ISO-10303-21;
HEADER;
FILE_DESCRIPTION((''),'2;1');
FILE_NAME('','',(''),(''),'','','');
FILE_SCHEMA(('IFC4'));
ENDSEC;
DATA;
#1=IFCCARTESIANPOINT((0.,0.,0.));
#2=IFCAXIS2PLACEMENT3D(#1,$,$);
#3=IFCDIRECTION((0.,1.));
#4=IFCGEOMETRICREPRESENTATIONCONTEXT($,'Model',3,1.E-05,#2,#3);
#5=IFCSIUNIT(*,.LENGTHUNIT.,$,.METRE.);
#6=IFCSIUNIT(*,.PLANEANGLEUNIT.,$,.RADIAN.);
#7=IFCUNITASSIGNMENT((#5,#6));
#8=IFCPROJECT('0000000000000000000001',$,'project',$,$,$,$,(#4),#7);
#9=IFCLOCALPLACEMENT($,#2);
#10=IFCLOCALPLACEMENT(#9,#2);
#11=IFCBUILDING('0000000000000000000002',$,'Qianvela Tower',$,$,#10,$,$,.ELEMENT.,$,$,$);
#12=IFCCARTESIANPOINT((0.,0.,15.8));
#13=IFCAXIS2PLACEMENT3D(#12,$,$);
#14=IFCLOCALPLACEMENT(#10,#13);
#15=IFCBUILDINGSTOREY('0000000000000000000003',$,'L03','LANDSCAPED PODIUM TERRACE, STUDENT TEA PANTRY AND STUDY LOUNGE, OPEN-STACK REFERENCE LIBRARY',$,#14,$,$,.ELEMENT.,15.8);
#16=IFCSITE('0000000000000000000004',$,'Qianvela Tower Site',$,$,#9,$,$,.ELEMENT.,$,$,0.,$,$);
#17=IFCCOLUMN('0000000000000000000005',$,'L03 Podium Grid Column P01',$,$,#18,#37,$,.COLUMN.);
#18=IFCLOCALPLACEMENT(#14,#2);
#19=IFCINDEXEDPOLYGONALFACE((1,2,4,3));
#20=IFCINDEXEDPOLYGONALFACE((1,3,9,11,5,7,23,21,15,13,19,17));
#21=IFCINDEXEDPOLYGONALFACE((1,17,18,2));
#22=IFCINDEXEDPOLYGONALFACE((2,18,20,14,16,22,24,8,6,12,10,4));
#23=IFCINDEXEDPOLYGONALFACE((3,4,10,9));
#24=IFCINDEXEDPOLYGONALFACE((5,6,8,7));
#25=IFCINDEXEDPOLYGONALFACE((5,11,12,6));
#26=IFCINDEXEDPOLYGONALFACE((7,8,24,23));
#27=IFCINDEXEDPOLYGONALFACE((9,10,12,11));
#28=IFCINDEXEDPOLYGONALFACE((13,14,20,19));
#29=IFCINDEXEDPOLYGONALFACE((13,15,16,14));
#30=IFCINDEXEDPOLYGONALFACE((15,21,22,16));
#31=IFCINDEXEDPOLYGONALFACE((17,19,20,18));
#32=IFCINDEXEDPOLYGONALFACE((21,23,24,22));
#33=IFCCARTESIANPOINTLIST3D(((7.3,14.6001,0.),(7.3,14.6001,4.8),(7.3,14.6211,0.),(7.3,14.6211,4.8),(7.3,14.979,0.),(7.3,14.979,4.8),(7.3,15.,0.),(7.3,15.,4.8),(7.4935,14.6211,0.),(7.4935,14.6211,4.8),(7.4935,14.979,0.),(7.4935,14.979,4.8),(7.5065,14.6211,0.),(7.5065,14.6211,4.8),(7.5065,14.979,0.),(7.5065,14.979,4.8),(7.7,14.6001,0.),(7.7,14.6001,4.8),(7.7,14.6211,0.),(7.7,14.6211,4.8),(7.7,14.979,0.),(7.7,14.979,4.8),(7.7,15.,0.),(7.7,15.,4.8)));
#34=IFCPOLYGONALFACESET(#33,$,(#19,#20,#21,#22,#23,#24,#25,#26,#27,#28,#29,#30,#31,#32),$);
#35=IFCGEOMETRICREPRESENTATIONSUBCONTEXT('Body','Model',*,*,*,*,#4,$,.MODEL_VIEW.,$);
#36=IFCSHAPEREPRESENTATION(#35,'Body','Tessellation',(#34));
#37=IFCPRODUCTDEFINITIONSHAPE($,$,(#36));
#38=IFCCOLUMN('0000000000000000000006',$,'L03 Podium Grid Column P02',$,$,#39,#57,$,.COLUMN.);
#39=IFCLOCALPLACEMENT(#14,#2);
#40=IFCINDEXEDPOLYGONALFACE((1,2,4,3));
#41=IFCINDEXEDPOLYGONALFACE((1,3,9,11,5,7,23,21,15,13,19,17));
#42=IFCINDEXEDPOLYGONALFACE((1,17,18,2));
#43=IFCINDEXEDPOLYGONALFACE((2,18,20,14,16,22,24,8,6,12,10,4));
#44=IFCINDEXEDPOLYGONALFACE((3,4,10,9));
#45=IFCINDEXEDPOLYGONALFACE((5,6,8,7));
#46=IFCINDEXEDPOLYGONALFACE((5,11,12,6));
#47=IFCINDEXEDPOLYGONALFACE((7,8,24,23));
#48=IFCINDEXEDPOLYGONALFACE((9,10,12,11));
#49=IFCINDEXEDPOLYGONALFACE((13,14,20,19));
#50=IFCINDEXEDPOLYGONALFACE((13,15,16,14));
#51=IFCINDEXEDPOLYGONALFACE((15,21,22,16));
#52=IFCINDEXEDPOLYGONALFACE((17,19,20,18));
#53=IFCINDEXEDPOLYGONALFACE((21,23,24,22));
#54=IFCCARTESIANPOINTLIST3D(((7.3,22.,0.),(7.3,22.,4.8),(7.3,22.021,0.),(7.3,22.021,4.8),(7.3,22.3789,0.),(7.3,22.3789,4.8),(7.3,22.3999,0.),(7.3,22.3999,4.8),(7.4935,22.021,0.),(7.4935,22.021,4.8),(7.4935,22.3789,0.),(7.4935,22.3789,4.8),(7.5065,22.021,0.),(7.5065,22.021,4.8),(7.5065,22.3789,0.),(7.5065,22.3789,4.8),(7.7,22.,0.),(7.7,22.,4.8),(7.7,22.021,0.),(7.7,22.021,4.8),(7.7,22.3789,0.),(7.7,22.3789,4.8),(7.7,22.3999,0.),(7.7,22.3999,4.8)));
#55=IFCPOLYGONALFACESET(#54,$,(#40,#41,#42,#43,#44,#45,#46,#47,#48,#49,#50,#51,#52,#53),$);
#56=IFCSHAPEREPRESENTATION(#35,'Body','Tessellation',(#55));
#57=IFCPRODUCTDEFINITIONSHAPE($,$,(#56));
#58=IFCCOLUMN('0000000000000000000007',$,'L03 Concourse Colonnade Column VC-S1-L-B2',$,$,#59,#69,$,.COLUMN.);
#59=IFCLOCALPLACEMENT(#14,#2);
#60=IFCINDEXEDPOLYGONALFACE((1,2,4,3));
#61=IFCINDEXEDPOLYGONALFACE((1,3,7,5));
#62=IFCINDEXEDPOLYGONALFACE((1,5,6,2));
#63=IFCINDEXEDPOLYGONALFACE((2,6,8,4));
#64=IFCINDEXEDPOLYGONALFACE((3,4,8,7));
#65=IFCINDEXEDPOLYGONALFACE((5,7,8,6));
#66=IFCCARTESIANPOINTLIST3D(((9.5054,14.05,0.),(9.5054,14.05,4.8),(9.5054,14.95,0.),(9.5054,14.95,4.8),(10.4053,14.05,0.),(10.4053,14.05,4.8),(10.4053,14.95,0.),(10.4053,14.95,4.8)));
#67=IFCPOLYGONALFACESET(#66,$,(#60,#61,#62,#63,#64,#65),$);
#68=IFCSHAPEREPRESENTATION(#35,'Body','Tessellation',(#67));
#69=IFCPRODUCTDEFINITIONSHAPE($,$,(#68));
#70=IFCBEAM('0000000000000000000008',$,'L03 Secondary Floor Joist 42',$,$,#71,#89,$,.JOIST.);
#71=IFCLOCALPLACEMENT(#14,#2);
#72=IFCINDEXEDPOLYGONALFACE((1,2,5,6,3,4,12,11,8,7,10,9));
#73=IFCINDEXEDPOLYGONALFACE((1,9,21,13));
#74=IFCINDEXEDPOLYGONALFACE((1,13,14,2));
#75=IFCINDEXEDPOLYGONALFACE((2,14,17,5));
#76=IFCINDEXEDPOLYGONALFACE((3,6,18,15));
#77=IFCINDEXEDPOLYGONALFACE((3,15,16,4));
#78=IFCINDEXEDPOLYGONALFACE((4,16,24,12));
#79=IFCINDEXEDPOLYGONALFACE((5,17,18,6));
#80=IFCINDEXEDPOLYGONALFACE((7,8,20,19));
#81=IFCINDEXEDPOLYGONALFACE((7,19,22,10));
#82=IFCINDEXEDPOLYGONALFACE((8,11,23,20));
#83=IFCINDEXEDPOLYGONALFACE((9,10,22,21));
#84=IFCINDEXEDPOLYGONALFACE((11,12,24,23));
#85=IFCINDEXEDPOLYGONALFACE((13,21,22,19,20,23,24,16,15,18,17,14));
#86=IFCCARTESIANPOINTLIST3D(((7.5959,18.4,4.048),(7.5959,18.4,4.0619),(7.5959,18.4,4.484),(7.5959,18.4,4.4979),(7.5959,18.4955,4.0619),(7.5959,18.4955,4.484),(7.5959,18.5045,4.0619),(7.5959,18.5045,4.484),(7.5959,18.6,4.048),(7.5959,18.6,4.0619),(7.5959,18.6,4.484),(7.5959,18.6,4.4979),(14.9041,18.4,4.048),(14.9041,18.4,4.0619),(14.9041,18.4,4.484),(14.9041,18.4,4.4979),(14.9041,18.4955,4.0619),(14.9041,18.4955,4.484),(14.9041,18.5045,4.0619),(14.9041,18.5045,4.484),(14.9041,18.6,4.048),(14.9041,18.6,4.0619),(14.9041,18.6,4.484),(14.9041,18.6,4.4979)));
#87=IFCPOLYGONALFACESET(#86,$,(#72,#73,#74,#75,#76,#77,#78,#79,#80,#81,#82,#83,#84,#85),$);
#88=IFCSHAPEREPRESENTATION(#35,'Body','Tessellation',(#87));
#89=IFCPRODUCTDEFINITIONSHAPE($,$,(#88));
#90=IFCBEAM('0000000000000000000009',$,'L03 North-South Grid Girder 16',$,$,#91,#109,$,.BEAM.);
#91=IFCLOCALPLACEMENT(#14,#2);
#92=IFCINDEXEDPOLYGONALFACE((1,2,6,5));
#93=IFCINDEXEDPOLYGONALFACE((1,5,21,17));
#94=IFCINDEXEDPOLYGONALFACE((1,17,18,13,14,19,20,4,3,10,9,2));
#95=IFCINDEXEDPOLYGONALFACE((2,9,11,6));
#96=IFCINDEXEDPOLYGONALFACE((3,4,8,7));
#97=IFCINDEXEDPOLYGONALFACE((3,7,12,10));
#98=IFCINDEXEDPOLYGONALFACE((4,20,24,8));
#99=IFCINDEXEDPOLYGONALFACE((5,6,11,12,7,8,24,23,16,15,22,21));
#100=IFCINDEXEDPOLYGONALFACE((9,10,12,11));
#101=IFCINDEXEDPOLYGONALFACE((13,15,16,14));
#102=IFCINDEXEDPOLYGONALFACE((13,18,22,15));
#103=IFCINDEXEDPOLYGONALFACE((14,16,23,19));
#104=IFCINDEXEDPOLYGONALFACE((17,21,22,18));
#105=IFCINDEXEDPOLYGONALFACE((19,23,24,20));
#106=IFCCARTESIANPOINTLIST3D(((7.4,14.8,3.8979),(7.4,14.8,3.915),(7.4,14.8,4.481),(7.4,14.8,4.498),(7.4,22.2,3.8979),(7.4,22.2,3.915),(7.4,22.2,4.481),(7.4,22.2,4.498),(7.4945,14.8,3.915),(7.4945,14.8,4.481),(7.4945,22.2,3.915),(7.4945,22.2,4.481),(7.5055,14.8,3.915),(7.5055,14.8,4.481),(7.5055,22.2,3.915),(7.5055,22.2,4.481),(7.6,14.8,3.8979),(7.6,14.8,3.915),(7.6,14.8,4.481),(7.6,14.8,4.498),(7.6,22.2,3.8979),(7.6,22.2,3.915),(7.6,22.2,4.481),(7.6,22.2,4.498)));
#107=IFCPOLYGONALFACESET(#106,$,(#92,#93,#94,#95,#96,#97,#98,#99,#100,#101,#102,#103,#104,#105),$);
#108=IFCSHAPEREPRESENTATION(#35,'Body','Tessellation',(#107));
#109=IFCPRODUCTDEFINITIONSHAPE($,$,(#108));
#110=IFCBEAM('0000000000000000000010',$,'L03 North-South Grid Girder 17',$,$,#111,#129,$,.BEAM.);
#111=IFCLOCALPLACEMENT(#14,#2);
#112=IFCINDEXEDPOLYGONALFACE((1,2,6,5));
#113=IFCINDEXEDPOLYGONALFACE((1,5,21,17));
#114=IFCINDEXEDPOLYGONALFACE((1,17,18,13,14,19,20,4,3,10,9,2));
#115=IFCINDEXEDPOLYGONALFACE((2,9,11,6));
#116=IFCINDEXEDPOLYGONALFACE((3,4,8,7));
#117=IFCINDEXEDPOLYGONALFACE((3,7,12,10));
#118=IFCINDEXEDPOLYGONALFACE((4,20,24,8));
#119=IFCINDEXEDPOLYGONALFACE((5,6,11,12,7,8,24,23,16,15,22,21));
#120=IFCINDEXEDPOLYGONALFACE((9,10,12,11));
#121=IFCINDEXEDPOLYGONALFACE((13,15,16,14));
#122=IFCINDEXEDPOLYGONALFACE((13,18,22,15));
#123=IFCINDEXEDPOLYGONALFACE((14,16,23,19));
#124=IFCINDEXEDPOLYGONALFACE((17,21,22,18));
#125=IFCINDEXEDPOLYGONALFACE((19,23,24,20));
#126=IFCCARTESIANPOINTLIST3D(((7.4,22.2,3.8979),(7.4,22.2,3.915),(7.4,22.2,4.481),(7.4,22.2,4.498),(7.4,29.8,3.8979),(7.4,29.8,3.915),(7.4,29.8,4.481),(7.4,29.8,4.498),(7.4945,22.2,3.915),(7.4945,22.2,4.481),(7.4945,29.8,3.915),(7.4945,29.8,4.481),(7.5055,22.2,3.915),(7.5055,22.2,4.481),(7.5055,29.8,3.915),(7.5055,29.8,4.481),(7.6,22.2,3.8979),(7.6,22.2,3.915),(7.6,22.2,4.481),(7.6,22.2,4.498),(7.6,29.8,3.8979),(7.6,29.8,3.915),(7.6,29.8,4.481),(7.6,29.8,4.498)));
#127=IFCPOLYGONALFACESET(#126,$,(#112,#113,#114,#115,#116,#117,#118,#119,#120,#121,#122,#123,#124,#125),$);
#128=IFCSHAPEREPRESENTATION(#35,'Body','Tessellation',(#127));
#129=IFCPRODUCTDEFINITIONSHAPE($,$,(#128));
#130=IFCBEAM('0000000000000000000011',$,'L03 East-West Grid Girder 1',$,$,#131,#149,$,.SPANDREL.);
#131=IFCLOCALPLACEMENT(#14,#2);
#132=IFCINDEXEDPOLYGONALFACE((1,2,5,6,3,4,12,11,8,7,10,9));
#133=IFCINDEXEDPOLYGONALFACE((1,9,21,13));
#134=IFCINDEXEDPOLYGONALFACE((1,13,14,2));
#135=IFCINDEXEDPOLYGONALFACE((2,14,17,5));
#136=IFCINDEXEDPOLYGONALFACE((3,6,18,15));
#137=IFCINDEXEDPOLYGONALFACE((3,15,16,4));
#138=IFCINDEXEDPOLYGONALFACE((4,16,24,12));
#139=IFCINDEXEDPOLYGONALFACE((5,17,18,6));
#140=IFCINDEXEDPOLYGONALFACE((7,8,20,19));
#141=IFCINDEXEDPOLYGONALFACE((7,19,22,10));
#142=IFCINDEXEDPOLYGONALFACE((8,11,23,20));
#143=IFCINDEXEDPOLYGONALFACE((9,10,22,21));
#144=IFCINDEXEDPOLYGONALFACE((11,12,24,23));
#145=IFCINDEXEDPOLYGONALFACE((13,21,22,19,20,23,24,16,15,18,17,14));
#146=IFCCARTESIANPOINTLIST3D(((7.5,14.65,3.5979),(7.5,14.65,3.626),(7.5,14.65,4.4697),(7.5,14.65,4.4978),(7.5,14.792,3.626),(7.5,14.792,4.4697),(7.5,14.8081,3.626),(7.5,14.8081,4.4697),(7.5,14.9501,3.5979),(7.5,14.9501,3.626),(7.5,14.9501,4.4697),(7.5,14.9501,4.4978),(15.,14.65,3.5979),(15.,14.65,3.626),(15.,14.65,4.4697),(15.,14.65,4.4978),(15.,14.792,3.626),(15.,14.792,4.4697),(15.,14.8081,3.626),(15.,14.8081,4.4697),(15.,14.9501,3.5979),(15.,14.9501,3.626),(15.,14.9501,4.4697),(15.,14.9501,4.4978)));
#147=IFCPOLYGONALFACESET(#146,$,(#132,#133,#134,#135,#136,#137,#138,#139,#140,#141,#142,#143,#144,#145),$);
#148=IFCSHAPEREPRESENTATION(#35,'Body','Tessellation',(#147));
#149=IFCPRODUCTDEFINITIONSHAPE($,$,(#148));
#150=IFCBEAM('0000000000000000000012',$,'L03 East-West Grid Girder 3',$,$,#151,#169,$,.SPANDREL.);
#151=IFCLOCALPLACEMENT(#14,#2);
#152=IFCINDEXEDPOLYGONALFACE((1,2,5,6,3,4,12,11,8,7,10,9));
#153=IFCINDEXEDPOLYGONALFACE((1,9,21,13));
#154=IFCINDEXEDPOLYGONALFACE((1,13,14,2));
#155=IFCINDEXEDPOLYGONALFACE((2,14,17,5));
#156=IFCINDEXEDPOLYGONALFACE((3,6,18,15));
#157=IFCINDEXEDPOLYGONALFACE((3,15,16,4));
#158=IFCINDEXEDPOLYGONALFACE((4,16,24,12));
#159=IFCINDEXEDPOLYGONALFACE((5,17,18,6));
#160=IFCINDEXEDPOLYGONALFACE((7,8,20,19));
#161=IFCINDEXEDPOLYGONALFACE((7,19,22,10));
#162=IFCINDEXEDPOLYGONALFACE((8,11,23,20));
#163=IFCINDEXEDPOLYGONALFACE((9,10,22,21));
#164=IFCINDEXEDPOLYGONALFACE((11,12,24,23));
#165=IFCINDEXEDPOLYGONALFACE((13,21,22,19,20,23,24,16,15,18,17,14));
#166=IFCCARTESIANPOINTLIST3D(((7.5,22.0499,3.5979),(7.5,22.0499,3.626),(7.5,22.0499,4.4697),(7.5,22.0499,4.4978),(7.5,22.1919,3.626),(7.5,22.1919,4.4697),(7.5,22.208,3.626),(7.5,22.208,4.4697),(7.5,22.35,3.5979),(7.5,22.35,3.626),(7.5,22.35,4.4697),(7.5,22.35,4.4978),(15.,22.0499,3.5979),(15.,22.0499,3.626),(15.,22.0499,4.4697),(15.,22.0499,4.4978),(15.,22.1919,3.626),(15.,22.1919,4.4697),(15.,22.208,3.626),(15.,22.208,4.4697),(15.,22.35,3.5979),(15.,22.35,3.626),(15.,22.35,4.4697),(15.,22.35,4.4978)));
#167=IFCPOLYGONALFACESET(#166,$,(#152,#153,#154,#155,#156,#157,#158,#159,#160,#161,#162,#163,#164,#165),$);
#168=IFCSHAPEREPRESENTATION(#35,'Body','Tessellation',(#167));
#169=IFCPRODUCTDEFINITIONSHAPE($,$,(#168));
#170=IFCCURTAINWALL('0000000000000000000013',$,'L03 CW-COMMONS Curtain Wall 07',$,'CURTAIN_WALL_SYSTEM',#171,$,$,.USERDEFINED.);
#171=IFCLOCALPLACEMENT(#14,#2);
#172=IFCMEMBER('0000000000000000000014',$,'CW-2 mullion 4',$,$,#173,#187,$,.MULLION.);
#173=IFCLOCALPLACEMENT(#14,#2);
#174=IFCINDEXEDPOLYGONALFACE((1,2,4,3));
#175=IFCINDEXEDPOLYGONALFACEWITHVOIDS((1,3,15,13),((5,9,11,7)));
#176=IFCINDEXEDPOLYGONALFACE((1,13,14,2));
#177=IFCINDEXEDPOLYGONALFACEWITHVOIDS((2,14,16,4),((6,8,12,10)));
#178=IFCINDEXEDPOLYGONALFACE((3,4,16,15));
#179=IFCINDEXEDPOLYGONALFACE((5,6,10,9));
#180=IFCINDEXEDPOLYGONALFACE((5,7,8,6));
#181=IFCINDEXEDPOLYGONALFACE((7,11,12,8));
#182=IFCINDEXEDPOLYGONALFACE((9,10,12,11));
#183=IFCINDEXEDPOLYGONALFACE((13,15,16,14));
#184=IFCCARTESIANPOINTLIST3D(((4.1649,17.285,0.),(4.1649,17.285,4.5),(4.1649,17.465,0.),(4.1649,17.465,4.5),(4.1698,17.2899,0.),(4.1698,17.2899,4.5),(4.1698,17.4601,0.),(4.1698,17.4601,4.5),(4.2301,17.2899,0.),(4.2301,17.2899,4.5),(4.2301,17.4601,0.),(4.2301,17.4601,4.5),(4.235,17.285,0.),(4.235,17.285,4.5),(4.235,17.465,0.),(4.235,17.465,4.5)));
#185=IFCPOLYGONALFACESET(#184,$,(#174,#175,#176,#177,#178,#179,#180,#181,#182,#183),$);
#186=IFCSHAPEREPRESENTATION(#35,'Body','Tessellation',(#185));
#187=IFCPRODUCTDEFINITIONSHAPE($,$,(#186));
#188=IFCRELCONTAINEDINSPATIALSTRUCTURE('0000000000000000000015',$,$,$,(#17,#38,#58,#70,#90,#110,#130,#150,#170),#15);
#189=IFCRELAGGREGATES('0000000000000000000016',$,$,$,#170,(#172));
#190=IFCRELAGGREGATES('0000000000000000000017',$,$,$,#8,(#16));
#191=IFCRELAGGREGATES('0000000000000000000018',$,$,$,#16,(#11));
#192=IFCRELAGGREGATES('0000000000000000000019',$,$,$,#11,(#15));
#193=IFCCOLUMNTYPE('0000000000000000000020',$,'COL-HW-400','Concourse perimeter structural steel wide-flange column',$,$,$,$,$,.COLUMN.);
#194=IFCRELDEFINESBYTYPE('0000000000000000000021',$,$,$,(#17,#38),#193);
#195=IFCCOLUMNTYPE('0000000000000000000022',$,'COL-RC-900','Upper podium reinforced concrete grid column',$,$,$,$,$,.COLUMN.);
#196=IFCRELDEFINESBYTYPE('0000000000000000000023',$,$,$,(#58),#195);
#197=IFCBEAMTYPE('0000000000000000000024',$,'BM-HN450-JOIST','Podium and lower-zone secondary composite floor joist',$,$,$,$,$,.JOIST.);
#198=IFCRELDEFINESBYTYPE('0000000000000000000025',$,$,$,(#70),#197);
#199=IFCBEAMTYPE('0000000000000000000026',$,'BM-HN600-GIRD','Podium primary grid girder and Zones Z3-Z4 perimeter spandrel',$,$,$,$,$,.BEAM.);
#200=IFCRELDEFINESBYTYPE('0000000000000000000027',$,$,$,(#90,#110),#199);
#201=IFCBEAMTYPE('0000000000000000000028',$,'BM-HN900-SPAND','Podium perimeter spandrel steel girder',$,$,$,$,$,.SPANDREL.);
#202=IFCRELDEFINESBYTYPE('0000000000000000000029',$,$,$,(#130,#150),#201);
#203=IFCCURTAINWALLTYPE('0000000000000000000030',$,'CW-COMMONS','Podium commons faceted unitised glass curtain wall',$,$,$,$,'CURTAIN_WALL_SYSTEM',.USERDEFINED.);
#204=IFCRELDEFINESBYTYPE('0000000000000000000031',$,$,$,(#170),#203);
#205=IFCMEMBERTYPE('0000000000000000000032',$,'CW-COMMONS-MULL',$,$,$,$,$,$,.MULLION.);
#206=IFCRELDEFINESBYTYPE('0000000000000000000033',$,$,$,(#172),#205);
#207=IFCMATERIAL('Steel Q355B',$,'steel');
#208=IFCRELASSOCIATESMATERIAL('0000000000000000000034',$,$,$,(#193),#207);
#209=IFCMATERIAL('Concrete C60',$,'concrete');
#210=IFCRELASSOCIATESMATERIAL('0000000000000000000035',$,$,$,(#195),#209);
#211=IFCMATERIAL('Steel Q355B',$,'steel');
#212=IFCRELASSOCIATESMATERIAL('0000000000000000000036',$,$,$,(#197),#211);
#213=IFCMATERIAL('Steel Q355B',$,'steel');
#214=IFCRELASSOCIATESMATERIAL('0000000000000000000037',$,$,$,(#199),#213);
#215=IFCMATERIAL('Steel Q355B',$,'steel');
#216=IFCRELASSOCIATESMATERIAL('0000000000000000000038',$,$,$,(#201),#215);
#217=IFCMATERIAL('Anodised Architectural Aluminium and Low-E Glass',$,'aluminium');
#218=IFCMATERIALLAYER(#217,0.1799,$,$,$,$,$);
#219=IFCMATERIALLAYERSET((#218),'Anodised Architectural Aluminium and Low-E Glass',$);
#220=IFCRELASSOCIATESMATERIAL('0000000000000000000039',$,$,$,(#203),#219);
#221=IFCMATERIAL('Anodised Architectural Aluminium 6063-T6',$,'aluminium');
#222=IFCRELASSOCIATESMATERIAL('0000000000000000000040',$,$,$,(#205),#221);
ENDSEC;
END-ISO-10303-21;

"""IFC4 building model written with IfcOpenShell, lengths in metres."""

from ifc_helpers import new_model, si_unit, direction, frame, origin, origin_2d, place, context, subcontext, project, spatial, rectangle, hollow_rectangle, i_section, extrude, material, layer, layer_set, material_profile, profile_set, type_object, element, aggregate, save


model = new_model("IFC4")

# Units and contexts
model_context = context("Model", 3, precision=1e-05, world=origin(), true_north=direction((0.0, 1.0)))
body_context = subcontext(model_context, "Body", "Model", "MODEL_VIEW")
ifc_project = project(units=[si_unit("LENGTHUNIT", "METRE"), si_unit("PLANEANGLEUNIT", "RADIAN")], contexts=[model_context])

# Site, building, storey
site_placement = place(None, origin())
site = spatial("IfcSite", under=ifc_project, at=site_placement, Name="Qianvela Tower Site", CompositionType="ELEMENT", RefElevation=0.0)
building_placement = place(site_placement, origin())
building = spatial("IfcBuilding", under=site, at=building_placement, Name="Qianvela Tower", CompositionType="ELEMENT")
storey_placement = place(building_placement, frame((0.0, 0.0, 15.8)))
storey = spatial("IfcBuildingStorey", under=building, at=storey_placement, Name="L03", Description="LANDSCAPED PODIUM TERRACE, STUDENT TEA PANTRY AND STUDY LOUNGE, OPEN-STACK REFERENCE LIBRARY", CompositionType="ELEMENT", Elevation=15.8)

# Columns
ifc_material_1 = material(Name="Steel Q355B", Category="steel")
ifc_material_profile_1 = material_profile(ifc_material_1, i_section(OverallWidth=0.3999, OverallDepth=0.3999, WebThickness=0.0129, FlangeThickness=0.021, at=origin_2d()), Name="HW400x400x13x21")
ifc_profile_set_1 = profile_set([ifc_material_profile_1], Name="Steel Q355B")
column_type_1 = type_object("IfcColumnType", Name="COL-HW-400", Description="Concourse perimeter structural steel wide-flange column", PredefinedType="COLUMN", material=ifc_profile_set_1)
for number, where, z_axis, x_axis, name in (
    (1, (7.5, 14.8, 0.0), (0.0, 0.0, 1.0), (1.0, 0.0, 0.0), "L03 Podium Grid Column P01"),
    (2, (7.5, 22.2, 0.0), (0.0, 0.0, 1.0), (1.0, 0.0, 0.0), "L03 Podium Grid Column P02"),
):
    element("IfcColumn", number, at=place(storey_placement, frame(where, z_axis=z_axis, x_axis=x_axis)), inside=storey, type_object=column_type_1, Name=name, PredefinedType="COLUMN", context=body_context, shape_type="SweptSolid", body=[
        extrude(i_section(OverallWidth=0.3999, OverallDepth=0.3999, WebThickness=0.0129, FlangeThickness=0.021, at=origin_2d()), origin(), (0.0, 0.0, 1.0), 4.8),
    ])
ifc_material_2 = material(Name="Concrete C60", Category="concrete")
ifc_material_profile_2 = material_profile(ifc_material_2, rectangle(XDim=0.8999, YDim=0.8999, at=origin_2d()), Name="RC-COL-900x900")
ifc_profile_set_2 = profile_set([ifc_material_profile_2], Name="Concrete C60")
column_type_2 = type_object("IfcColumnType", Name="COL-RC-900", Description="Upper podium reinforced concrete grid column", PredefinedType="COLUMN", material=ifc_profile_set_2)
column_placement = place(storey_placement, frame((9.9553, 14.5, 0.0), z_axis=(0.0, 0.0, 1.0), x_axis=(1.0, 0.0, 0.0)))
element("IfcColumn", 3, at=column_placement, inside=storey, type_object=column_type_2, Name="L03 Concourse Colonnade Column VC-S1-L-B2", PredefinedType="COLUMN", context=body_context, shape_type="SweptSolid", body=[
    extrude(rectangle(XDim=0.8999, YDim=0.8999, at=origin_2d()), origin(), (0.0, 0.0, 1.0), 4.8),
])

# Beams
ifc_material_3 = material(Name="Steel Q355B", Category="steel")
ifc_material_profile_3 = material_profile(ifc_material_3, i_section(OverallWidth=0.2, OverallDepth=0.45, WebThickness=0.009, FlangeThickness=0.0139, at=origin_2d()), Name="HN450x200x9x14")
ifc_profile_set_3 = profile_set([ifc_material_profile_3], Name="Steel Q355B")
beam_type_1 = type_object("IfcBeamType", Name="BM-HN450-JOIST", Description="Podium and lower-zone secondary composite floor joist", PredefinedType="JOIST", material=ifc_profile_set_3)
beam_1_placement = place(storey_placement, frame((7.5959, 18.5, 4.2729), z_axis=(1.0, 0.0, 0.0), x_axis=(0.0, 1.0, 0.0)))
element("IfcBeam", 4, at=beam_1_placement, inside=storey, type_object=beam_type_1, Name="L03 Secondary Floor Joist 42", PredefinedType="JOIST", context=body_context, shape_type="SweptSolid", body=[
    extrude(i_section(OverallWidth=0.2, OverallDepth=0.45, WebThickness=0.009, FlangeThickness=0.0139, at=origin_2d()), origin(), (0.0, 0.0, 1.0), 7.3081),
])
ifc_material_4 = material(Name="Steel Q355B", Category="steel")
ifc_material_profile_4 = material_profile(ifc_material_4, i_section(OverallWidth=0.2, OverallDepth=0.6001, WebThickness=0.011, FlangeThickness=0.0171, at=origin_2d()), Name="HN600x200x11x17")
ifc_profile_set_4 = profile_set([ifc_material_profile_4], Name="Steel Q355B")
beam_type_2 = type_object("IfcBeamType", Name="BM-HN600-GIRD", Description="Podium primary grid girder and Zones Z3-Z4 perimeter spandrel", PredefinedType="BEAM", material=ifc_profile_set_4)
beam_2_placement = place(storey_placement, frame((7.5, 14.8, 4.198), z_axis=(0.0, 1.0, 0.0), x_axis=(-1.0, 0.0, 0.0)))
element("IfcBeam", 5, at=beam_2_placement, inside=storey, type_object=beam_type_2, Name="L03 North-South Grid Girder 16", PredefinedType="BEAM", context=body_context, shape_type="SweptSolid", body=[
    extrude(i_section(OverallWidth=0.2, OverallDepth=0.6001, WebThickness=0.011, FlangeThickness=0.0171, at=origin_2d()), origin(), (0.0, 0.0, 1.0), 7.3999),
])
beam_3_placement = place(storey_placement, frame((7.5, 22.2, 4.198), z_axis=(0.0, 1.0, 0.0), x_axis=(-1.0, 0.0, 0.0)))
element("IfcBeam", 6, at=beam_3_placement, inside=storey, type_object=beam_type_2, Name="L03 North-South Grid Girder 17", PredefinedType="BEAM", context=body_context, shape_type="SweptSolid", body=[
    extrude(i_section(OverallWidth=0.2, OverallDepth=0.6001, WebThickness=0.011, FlangeThickness=0.0171, at=origin_2d()), origin(), (0.0, 0.0, 1.0), 7.6001),
])
ifc_material_5 = material(Name="Steel Q355B", Category="steel")
ifc_material_profile_5 = material_profile(ifc_material_5, i_section(OverallWidth=0.3, OverallDepth=0.8999, WebThickness=0.0161, FlangeThickness=0.0281, at=origin_2d()), Name="HN900x300x16x28")
ifc_profile_set_5 = profile_set([ifc_material_profile_5], Name="Steel Q355B")
beam_type_3 = type_object("IfcBeamType", Name="BM-HN900-SPAND", Description="Podium perimeter spandrel steel girder", PredefinedType="SPANDREL", material=ifc_profile_set_5)
for number, where, z_axis, x_axis, name in (
    (7, (7.5, 14.8, 4.0479), (1.0, 0.0, 0.0), (0.0, 1.0, 0.0), "L03 East-West Grid Girder 1"),
    (8, (7.5, 22.2, 4.0479), (1.0, 0.0, 0.0), (0.0, 1.0, 0.0), "L03 East-West Grid Girder 3"),
):
    element("IfcBeam", number, at=place(storey_placement, frame(where, z_axis=z_axis, x_axis=x_axis)), inside=storey, type_object=beam_type_3, Name=name, PredefinedType="SPANDREL", context=body_context, shape_type="SweptSolid", body=[
        extrude(i_section(OverallWidth=0.3, OverallDepth=0.8999, WebThickness=0.0161, FlangeThickness=0.0281, at=origin_2d()), origin(), (0.0, 0.0, 1.0), 7.5),
    ])

# Curtain wall, member
ifc_material_6 = material(Name="Anodised Architectural Aluminium and Low-E Glass", Category="aluminium")
ifc_layer_1 = layer(ifc_material_6, 0.1799)
ifc_layer_set_1 = layer_set([ifc_layer_1], Name="Anodised Architectural Aluminium and Low-E Glass")
curtain_wall_type = type_object("IfcCurtainWallType", Name="CW-COMMONS", Description="Podium commons faceted unitised glass curtain wall", ElementType="CURTAIN_WALL_SYSTEM", PredefinedType="USERDEFINED", material=ifc_layer_set_1)
curtain_wall_placement = place(storey_placement, origin())
curtain_wall = element("IfcCurtainWall", 9, at=curtain_wall_placement, inside=storey, type_object=curtain_wall_type, Name="L03 CW-COMMONS Curtain Wall 07", ObjectType="CURTAIN_WALL_SYSTEM", PredefinedType="USERDEFINED")
ifc_material_7 = material(Name="Anodised Architectural Aluminium 6063-T6", Category="aluminium")
ifc_material_profile_6 = material_profile(ifc_material_7, hollow_rectangle(XDim=0.0701, YDim=0.1799, WallThickness=0.0049, at=origin_2d()), Name="ALU-MULL-70x180")
ifc_profile_set_6 = profile_set([ifc_material_profile_6], Name="Anodised Architectural Aluminium 6063-T6")
member_type_1 = type_object("IfcMemberType", Name="CW-COMMONS-MULL", PredefinedType="MULLION", material=ifc_profile_set_6)
member_1_placement = place(storey_placement, frame((4.2, 17.375, 0.0), z_axis=(0.0, 0.0, 1.0), x_axis=(1.0, 0.0, 0.0)))
member_1 = element("IfcMember", 10, at=member_1_placement, type_object=member_type_1, Name="CW-2 mullion 4", PredefinedType="MULLION", context=body_context, shape_type="SweptSolid", body=[
    extrude(hollow_rectangle(XDim=0.0701, YDim=0.1799, WallThickness=0.0049, at=origin_2d()), origin(), (0.0, 0.0, 1.0), 4.5),
])
aggregate(curtain_wall, [member_1])

save(model, "model.ifc")
